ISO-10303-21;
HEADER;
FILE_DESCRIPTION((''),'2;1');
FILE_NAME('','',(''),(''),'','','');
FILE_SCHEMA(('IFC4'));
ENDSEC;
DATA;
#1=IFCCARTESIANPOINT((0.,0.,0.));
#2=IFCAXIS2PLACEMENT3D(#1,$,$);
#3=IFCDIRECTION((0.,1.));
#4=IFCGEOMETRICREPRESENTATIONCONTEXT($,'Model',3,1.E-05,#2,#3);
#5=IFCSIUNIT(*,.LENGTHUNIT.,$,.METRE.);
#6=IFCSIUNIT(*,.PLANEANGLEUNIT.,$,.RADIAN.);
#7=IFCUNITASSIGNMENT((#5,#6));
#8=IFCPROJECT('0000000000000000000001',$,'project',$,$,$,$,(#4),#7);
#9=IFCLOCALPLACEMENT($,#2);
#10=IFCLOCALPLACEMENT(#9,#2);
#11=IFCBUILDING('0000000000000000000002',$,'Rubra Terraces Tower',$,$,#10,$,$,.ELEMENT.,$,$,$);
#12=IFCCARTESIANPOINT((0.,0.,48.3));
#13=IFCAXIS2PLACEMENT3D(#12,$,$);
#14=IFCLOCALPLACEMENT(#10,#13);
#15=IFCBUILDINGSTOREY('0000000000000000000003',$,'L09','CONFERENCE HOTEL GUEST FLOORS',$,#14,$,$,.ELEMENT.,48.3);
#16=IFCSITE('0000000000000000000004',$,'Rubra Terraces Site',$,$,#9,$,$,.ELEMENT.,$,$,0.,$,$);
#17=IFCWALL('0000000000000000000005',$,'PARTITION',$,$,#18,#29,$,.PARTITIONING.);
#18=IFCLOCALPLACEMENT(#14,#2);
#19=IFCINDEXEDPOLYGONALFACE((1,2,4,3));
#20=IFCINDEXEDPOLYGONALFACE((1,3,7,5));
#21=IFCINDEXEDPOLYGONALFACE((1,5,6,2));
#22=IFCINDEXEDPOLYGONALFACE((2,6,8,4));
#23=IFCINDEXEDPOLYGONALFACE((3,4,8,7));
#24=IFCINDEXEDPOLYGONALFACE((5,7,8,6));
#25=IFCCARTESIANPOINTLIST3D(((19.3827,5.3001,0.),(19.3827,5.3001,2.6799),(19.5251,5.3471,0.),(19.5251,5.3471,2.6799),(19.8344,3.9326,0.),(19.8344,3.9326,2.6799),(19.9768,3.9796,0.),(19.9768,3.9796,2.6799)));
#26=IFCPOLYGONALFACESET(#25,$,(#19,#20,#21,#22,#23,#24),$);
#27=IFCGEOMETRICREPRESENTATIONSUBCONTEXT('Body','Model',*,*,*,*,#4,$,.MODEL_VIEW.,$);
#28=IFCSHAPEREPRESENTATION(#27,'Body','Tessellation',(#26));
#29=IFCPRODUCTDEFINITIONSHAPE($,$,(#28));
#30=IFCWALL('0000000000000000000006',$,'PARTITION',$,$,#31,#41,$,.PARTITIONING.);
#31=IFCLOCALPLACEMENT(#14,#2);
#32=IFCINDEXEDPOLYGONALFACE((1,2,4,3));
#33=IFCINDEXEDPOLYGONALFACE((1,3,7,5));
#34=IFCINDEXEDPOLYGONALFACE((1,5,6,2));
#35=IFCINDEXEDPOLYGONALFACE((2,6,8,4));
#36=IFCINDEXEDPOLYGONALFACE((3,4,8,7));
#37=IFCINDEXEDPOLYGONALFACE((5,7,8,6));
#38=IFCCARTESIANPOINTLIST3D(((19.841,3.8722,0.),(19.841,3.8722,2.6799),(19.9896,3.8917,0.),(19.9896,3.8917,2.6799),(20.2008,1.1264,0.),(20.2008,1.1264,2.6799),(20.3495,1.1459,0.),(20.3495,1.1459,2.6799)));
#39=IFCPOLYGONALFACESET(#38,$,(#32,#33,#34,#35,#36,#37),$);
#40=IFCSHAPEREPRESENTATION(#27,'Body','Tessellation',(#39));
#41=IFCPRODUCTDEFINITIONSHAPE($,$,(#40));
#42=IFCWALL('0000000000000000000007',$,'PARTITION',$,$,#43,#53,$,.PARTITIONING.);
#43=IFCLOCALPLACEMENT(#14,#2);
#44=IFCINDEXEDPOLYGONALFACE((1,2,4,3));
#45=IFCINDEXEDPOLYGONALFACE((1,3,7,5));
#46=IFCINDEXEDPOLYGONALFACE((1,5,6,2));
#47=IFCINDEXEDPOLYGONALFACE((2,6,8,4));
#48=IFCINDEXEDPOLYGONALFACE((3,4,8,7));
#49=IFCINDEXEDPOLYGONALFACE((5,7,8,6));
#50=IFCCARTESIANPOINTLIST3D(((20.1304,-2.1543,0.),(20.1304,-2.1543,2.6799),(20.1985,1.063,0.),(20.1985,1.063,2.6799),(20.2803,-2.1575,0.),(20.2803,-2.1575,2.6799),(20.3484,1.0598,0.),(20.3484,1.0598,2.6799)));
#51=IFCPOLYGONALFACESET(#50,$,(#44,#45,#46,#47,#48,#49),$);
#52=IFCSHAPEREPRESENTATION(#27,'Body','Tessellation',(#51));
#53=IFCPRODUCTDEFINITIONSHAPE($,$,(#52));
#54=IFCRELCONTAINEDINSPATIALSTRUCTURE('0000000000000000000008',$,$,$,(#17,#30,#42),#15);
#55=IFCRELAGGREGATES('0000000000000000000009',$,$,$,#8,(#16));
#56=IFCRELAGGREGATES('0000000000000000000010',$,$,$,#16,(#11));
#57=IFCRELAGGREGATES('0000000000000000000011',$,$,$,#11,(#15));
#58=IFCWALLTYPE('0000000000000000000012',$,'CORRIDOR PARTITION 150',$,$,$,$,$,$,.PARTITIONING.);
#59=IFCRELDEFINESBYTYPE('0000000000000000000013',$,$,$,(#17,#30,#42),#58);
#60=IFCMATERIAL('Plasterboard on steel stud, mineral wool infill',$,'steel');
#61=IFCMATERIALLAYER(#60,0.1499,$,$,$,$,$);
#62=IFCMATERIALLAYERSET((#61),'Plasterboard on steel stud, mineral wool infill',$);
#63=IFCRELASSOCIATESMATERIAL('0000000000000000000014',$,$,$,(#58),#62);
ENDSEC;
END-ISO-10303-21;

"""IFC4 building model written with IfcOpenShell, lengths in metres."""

from ifc_helpers import new_model, si_unit, direction, frame, frame_2d, origin, place, context, subcontext, project, spatial, rectangle, extrude, material, layer, layer_set, type_object, element, save


model = new_model("IFC4")

# Units and contexts
model_context = context("Model", 3, precision=1e-05, world=origin(), true_north=direction((0.0, 1.0)))
body_context = subcontext(model_context, "Body", "Model", "MODEL_VIEW")
ifc_project = project(units=[si_unit("LENGTHUNIT", "METRE"), si_unit("PLANEANGLEUNIT", "RADIAN")], contexts=[model_context])

# Site, building, storey
site_placement = place(None, origin())
site = spatial("IfcSite", under=ifc_project, at=site_placement, Name="Rubra Terraces Site", CompositionType="ELEMENT", RefElevation=0.0)
building_placement = place(site_placement, origin())
building = spatial("IfcBuilding", under=site, at=building_placement, Name="Rubra Terraces Tower", CompositionType="ELEMENT")
storey_placement = place(building_placement, frame((0.0, 0.0, 48.3)))
storey = spatial("IfcBuildingStorey", under=building, at=storey_placement, Name="L09", Description="CONFERENCE HOTEL GUEST FLOORS", CompositionType="ELEMENT", Elevation=48.3)

# Shared definitions
ifc_material_1 = material(Name="Plasterboard on steel stud, mineral wool infill", Category="steel")
ifc_layer_1 = layer(ifc_material_1, 0.1499)
ifc_layer_set_1 = layer_set([ifc_layer_1], Name="Plasterboard on steel stud, mineral wool infill")
wall_type_1 = type_object("IfcWallType", Name="CORRIDOR PARTITION 150", PredefinedType="PARTITIONING", material=ifc_layer_set_1)

# Walls
wall_1_placement = place(storey_placement, frame((19.4539, 5.3237, 0.0), z_axis=(0.0, 0.0, 1.0), x_axis=(0.313633, -0.949544, 0.0)))
element("IfcWall", 1, at=wall_1_placement, inside=storey, type_object=wall_type_1, Name="PARTITION", PredefinedType="PARTITIONING", context=body_context, shape_type="SweptSolid", body=[
    extrude(rectangle(XDim=1.4402, YDim=0.1499, at=frame_2d((0.7202, 0.0))), origin(), (0.0, 0.0, 1.0), 2.6799),
])
wall_2_placement = place(storey_placement, frame((19.9153, 3.8821, 0.0), z_axis=(0.0, 0.0, 1.0), x_axis=(0.129946, -0.991521, 0.0)))
element("IfcWall", 2, at=wall_2_placement, inside=storey, type_object=wall_type_1, Name="PARTITION", PredefinedType="PARTITIONING", context=body_context, shape_type="SweptSolid", body=[
    extrude(rectangle(XDim=2.7693, YDim=0.1499, at=frame_2d((1.3848, 0.0))), origin(), (0.0, 0.0, 1.0), 2.6799),
])
wall_3_placement = place(storey_placement, frame((20.2734, 1.0613, 0.0), z_axis=(0.0, 0.0, 1.0), x_axis=(-0.021167, -0.999776, 0.0)))
element("IfcWall", 3, at=wall_3_placement, inside=storey, type_object=wall_type_1, Name="PARTITION", PredefinedType="PARTITIONING", context=body_context, shape_type="SweptSolid", body=[
    extrude(rectangle(XDim=3.218, YDim=0.1499, at=frame_2d((1.6089, 0.0))), origin(), (0.0, 0.0, 1.0), 2.6799),
])

save(model, "model.ifc")
